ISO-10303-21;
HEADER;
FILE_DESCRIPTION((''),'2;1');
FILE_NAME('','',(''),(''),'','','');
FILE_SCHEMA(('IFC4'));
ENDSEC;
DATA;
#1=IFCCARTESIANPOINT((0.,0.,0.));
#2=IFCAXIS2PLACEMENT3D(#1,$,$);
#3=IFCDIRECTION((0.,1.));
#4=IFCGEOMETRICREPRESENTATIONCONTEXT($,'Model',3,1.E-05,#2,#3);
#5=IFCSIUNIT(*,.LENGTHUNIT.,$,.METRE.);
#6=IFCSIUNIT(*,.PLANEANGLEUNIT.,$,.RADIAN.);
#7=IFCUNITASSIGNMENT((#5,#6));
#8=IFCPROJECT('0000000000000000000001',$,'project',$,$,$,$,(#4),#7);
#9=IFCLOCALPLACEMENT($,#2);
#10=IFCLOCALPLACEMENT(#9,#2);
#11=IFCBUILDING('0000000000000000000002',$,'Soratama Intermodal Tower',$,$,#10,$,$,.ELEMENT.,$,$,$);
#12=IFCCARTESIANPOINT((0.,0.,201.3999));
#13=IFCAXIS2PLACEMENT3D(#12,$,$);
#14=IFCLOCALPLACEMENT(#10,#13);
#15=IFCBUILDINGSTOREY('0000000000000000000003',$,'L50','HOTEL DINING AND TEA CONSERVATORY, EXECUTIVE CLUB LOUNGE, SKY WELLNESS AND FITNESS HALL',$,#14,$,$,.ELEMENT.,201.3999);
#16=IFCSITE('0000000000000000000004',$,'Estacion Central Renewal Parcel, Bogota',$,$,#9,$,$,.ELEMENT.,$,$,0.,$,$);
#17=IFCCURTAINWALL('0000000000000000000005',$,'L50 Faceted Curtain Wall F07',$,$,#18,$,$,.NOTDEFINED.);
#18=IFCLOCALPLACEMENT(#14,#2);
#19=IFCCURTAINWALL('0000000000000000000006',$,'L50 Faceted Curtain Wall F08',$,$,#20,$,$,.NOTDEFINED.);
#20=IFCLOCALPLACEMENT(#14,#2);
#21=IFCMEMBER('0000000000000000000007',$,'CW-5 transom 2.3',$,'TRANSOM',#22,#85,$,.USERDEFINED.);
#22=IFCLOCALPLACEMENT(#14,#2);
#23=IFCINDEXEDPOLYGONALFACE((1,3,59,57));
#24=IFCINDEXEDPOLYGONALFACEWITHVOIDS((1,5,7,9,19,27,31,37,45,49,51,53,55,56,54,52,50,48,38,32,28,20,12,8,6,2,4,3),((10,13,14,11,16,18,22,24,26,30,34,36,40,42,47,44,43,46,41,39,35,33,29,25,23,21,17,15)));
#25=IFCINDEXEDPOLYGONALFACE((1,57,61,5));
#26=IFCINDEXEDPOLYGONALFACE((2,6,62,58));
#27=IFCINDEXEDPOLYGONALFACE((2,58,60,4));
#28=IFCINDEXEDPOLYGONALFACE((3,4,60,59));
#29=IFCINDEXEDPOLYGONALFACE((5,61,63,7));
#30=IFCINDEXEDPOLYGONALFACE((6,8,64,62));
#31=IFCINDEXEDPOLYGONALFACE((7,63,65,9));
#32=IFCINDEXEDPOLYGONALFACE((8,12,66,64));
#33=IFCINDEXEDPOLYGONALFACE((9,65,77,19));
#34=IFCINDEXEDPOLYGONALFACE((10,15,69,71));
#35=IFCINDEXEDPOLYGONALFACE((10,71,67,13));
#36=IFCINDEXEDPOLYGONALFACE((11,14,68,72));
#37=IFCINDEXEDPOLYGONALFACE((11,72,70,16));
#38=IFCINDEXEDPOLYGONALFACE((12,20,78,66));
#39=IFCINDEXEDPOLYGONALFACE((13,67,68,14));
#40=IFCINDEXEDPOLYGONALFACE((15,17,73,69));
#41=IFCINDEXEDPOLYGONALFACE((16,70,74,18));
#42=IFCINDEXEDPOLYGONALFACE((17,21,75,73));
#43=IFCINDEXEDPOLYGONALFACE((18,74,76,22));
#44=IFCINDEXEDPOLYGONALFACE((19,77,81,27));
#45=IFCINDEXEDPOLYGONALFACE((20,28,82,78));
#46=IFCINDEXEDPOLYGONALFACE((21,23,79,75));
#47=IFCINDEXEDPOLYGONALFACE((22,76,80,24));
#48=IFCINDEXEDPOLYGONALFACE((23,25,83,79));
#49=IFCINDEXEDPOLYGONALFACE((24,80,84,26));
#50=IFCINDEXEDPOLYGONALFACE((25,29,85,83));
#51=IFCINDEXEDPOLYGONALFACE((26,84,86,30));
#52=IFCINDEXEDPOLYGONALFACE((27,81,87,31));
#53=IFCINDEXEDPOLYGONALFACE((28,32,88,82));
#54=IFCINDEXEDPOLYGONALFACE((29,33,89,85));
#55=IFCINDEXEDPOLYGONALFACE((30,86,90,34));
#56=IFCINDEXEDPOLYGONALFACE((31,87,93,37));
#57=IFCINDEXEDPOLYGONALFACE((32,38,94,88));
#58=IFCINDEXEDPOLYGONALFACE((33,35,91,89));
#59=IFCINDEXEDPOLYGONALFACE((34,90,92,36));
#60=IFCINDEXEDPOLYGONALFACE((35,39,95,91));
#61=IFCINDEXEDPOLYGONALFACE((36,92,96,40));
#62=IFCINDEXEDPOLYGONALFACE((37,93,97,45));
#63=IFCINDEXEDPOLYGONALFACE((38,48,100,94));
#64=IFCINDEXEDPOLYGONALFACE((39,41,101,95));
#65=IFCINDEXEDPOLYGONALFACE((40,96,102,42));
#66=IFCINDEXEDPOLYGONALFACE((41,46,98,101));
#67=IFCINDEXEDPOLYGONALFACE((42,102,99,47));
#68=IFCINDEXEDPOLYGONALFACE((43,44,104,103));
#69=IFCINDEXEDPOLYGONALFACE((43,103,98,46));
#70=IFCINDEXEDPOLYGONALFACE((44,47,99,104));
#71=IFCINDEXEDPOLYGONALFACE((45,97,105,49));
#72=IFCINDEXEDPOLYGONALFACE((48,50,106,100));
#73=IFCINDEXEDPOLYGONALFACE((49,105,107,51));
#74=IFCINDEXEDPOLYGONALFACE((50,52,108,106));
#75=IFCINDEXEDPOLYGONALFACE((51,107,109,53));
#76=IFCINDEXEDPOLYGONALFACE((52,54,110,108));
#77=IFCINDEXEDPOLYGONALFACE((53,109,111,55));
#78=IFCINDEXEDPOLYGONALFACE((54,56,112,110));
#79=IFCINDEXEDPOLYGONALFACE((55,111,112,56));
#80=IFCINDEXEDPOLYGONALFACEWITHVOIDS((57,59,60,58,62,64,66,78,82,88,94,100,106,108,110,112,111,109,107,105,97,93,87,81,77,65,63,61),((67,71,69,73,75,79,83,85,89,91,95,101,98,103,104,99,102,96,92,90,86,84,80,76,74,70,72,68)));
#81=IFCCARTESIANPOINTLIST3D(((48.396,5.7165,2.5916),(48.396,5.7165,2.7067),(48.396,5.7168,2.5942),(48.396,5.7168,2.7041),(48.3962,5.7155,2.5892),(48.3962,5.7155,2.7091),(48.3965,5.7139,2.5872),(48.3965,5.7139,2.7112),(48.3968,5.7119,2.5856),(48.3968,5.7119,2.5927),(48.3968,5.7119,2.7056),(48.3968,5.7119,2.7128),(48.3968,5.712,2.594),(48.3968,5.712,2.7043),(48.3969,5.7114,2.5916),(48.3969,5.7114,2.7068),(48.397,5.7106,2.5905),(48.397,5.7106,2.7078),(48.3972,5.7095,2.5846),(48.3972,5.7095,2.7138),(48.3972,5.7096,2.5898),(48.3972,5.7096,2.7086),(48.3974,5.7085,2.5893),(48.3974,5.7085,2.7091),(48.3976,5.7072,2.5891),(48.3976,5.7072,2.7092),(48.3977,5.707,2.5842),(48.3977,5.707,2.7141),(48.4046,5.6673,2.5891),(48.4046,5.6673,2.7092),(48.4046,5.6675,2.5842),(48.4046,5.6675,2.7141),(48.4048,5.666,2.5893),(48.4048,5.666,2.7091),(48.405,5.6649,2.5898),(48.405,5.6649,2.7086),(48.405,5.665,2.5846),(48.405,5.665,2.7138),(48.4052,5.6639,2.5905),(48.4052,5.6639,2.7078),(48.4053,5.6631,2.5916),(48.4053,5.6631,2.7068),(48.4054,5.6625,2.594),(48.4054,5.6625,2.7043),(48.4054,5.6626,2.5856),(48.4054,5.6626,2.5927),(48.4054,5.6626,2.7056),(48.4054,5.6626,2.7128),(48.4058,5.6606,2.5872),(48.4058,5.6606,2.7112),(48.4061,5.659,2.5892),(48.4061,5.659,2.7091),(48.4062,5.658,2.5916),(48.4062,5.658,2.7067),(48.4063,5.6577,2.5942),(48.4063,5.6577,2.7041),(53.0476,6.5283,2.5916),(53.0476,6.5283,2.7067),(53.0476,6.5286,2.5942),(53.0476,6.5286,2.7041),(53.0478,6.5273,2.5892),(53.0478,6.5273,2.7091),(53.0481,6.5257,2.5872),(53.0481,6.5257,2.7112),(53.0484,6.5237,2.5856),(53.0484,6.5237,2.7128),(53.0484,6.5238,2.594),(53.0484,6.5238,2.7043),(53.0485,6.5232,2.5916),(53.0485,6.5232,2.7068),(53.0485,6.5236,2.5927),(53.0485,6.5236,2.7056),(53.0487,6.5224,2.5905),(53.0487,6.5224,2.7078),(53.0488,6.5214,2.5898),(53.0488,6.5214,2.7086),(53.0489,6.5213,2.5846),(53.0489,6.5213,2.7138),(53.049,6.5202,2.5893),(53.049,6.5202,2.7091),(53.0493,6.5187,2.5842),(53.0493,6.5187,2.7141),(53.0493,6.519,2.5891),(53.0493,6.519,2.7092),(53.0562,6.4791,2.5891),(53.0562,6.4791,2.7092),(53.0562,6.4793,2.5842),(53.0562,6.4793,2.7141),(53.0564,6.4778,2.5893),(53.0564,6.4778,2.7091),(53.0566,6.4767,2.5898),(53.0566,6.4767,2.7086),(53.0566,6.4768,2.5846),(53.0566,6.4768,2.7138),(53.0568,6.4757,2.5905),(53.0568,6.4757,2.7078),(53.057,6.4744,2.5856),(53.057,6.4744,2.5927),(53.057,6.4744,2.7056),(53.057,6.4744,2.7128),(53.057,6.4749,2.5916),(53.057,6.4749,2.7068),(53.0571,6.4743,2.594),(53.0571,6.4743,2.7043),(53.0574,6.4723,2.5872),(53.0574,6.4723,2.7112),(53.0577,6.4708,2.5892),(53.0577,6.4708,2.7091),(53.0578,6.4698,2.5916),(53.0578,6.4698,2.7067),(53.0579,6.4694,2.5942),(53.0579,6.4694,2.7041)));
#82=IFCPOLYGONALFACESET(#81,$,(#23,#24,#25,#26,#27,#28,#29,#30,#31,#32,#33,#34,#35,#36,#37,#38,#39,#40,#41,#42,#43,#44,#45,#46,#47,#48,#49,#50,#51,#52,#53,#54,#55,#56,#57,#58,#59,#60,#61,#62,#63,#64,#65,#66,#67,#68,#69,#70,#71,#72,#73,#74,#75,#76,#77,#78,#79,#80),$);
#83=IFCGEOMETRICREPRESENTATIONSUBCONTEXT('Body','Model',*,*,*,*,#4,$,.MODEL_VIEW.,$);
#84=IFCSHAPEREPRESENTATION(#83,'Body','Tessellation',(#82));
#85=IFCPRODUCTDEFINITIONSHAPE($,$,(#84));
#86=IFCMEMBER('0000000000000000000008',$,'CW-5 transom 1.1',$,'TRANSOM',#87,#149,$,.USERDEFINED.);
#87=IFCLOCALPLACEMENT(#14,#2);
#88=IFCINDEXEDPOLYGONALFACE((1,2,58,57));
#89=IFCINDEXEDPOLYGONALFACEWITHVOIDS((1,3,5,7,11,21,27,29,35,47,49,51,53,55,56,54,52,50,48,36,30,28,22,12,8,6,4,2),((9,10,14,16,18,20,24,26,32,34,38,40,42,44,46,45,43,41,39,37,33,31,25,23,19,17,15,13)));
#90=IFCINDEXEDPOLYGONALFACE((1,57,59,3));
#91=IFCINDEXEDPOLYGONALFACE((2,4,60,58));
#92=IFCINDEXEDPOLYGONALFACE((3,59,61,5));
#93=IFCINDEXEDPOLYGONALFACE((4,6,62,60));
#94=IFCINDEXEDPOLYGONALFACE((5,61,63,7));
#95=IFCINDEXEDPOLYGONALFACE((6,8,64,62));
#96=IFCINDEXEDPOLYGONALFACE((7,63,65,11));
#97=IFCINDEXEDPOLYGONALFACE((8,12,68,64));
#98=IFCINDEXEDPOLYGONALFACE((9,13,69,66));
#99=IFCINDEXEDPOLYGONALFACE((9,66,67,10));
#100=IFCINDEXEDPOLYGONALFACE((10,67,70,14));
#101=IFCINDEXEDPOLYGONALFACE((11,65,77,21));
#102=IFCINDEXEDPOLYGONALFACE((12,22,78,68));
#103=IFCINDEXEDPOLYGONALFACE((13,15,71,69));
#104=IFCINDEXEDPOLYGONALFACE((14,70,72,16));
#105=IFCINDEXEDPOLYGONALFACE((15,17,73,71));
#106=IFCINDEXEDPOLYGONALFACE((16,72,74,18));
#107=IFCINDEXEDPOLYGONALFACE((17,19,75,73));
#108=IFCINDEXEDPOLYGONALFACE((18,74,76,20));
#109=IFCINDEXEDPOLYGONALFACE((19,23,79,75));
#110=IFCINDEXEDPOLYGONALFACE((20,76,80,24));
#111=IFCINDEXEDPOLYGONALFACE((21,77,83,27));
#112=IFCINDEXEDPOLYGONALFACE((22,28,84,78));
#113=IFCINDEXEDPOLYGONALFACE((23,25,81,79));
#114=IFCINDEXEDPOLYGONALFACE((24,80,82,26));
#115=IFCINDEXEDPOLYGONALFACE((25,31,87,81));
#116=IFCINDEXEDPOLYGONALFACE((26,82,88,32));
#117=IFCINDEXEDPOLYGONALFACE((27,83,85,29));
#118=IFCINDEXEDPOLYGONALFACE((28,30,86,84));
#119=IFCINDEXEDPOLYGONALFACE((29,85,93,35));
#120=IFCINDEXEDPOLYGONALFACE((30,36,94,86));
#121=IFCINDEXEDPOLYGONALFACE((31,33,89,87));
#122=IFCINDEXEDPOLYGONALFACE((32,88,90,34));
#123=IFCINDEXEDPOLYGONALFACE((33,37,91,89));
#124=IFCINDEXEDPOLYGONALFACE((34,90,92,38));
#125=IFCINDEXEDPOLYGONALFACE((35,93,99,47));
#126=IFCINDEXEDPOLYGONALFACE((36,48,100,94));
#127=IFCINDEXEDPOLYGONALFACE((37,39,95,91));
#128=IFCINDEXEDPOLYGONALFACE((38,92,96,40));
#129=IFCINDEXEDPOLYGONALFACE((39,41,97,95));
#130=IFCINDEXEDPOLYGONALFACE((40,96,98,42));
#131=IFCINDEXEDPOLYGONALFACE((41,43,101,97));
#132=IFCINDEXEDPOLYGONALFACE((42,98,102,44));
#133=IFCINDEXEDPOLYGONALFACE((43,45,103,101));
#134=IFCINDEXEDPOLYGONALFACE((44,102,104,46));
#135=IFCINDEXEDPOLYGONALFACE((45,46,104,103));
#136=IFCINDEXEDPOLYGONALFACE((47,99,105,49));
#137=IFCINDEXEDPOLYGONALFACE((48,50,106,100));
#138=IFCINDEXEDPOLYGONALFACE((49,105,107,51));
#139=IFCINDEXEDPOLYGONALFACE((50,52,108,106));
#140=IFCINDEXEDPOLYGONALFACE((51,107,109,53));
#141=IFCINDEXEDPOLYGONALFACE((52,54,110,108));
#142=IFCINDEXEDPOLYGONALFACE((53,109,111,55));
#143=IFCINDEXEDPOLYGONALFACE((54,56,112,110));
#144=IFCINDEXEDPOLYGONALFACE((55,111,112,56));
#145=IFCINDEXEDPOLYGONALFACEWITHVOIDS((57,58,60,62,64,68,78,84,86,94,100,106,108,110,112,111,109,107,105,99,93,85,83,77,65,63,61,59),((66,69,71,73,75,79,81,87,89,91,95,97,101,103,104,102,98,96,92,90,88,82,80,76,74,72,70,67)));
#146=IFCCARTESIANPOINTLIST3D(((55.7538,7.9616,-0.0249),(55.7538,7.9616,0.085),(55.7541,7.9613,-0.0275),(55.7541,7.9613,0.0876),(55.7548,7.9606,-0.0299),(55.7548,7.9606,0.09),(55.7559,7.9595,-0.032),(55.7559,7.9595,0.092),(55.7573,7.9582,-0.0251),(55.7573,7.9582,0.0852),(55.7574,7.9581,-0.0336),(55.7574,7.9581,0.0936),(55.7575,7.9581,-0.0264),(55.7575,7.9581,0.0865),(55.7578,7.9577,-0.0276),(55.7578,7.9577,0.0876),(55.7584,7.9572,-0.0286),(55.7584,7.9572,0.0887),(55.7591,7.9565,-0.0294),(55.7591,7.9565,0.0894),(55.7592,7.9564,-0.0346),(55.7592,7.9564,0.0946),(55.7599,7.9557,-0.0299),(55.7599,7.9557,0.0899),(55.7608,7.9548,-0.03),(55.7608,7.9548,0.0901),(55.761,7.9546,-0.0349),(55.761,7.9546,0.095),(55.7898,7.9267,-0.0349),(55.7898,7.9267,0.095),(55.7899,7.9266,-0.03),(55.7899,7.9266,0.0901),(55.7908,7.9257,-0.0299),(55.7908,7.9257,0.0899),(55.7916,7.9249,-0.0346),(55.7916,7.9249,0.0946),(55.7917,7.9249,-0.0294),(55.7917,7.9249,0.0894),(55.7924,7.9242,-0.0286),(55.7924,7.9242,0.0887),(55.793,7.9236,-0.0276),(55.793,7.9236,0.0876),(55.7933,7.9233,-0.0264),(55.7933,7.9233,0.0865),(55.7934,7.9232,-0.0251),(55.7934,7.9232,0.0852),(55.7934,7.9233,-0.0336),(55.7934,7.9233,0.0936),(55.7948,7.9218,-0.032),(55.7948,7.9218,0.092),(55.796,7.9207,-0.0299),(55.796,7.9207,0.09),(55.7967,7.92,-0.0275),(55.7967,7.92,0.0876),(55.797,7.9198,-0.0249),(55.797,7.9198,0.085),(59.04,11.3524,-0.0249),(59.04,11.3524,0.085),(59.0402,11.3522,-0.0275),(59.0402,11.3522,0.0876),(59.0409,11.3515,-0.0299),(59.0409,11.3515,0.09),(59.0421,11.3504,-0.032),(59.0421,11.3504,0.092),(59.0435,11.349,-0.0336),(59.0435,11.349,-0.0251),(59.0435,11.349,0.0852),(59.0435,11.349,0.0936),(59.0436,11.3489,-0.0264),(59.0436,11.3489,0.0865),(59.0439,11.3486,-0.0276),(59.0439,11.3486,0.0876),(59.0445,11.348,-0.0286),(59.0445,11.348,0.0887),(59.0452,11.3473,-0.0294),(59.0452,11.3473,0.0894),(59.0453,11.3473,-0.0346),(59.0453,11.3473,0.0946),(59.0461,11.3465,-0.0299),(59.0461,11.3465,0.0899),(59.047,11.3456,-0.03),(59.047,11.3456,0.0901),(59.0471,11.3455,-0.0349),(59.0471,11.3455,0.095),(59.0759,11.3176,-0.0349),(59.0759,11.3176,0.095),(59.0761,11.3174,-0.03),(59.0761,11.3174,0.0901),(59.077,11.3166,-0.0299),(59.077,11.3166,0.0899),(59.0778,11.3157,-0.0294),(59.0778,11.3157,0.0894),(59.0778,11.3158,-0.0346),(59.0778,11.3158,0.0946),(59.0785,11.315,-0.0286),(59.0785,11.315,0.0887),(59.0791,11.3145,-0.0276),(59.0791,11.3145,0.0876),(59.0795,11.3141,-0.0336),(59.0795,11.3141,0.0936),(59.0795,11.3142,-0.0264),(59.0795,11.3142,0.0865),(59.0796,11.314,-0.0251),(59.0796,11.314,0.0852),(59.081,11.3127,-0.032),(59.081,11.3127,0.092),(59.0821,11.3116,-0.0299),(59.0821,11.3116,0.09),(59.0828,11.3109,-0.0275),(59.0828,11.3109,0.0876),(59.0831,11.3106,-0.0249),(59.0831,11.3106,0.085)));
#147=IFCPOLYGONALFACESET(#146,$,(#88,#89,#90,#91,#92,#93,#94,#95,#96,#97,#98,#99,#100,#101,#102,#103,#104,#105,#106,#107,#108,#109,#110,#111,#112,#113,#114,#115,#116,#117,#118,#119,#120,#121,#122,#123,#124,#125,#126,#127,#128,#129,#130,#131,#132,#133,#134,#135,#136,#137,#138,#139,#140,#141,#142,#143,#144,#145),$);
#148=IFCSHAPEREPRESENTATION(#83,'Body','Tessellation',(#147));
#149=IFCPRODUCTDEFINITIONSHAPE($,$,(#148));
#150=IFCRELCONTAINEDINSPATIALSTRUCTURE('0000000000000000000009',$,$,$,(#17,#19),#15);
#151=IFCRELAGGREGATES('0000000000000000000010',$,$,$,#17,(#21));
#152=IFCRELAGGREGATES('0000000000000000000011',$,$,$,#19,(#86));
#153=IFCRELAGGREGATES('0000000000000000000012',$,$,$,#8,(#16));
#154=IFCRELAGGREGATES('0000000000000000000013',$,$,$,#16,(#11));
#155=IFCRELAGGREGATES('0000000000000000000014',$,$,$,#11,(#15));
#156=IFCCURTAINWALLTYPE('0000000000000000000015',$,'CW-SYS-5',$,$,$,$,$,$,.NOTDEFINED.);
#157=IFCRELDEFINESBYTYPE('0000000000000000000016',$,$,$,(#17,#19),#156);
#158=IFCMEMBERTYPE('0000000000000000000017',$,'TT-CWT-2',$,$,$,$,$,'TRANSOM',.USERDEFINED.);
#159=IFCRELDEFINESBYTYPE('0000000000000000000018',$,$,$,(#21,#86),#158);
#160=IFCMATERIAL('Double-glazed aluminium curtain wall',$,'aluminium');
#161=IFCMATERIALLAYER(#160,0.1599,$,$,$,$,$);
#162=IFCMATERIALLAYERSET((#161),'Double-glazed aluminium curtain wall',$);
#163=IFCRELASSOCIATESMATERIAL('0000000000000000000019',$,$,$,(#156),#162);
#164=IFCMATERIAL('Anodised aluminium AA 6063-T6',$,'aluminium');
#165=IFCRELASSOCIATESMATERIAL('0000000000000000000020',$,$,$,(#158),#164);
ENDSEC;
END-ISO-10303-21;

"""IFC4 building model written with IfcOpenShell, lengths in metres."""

from ifc_helpers import new_model, si_unit, direction, frame, origin, origin_2d, place, context, subcontext, project, spatial, hollow_rectangle, extrude, material, layer, layer_set, material_profile, profile_set, type_object, element, aggregate, save


model = new_model("IFC4")

# Units and contexts
model_context = context("Model", 3, precision=1e-05, world=origin(), true_north=direction((0.0, 1.0)))
body_context = subcontext(model_context, "Body", "Model", "MODEL_VIEW")
ifc_project = project(units=[si_unit("LENGTHUNIT", "METRE"), si_unit("PLANEANGLEUNIT", "RADIAN")], contexts=[model_context])

# Site, building, storey
site_placement = place(None, origin())
site = spatial("IfcSite", under=ifc_project, at=site_placement, Name="Estacion Central Renewal Parcel, Bogota", CompositionType="ELEMENT", RefElevation=0.0)
building_placement = place(site_placement, origin())
building = spatial("IfcBuilding", under=site, at=building_placement, Name="Soratama Intermodal Tower", CompositionType="ELEMENT")
storey_placement = place(building_placement, frame((0.0, 0.0, 201.3999)))
storey = spatial("IfcBuildingStorey", under=building, at=storey_placement, Name="L50", Description="HOTEL DINING AND TEA CONSERVATORY, EXECUTIVE CLUB LOUNGE, SKY WELLNESS AND FITNESS HALL", CompositionType="ELEMENT", Elevation=201.3999)

# Curtain walls
ifc_material_1 = material(Name="Double-glazed aluminium curtain wall", Category="aluminium")
ifc_layer_1 = layer(ifc_material_1, 0.1599)
ifc_layer_set_1 = layer_set([ifc_layer_1], Name="Double-glazed aluminium curtain wall")
curtain_wall_type = type_object("IfcCurtainWallType", Name="CW-SYS-5", PredefinedType="NOTDEFINED", material=ifc_layer_set_1)
curtain_wall_1_placement = place(storey_placement, origin())
curtain_wall_1 = element("IfcCurtainWall", 1, at=curtain_wall_1_placement, inside=storey, type_object=curtain_wall_type, Name="L50 Faceted Curtain Wall F07", PredefinedType="NOTDEFINED")
curtain_wall_2_placement = place(storey_placement, origin())
curtain_wall_2 = element("IfcCurtainWall", 2, at=curtain_wall_2_placement, inside=storey, type_object=curtain_wall_type, Name="L50 Faceted Curtain Wall F08", PredefinedType="NOTDEFINED")

# Members
ifc_material_2 = material(Name="Anodised aluminium AA 6063-T6", Category="aluminium")
ifc_material_profile_1 = material_profile(ifc_material_2, hollow_rectangle(XDim=0.0601, YDim=0.1299, WallThickness=0.0049, InnerFilletRadius=0.0049, OuterFilletRadius=0.01, at=origin_2d()), Name="CWT130X60X5")
ifc_profile_set_1 = profile_set([ifc_material_profile_1], Name="Anodised aluminium AA 6063-T6")
member_type_1 = type_object("IfcMemberType", Name="TT-CWT-2", ElementType="TRANSOM", PredefinedType="USERDEFINED", material=ifc_profile_set_1)
member_1_placement = place(storey_placement, frame((48.4011, 5.6873, 2.6492), z_axis=(0.985112, 0.171915, 0.0), x_axis=(-0.171915, 0.985112, 0.0)))
member_1 = element("IfcMember", 3, at=member_1_placement, type_object=member_type_1, Name="CW-5 transom 2.3", ObjectType="TRANSOM", PredefinedType="USERDEFINED", context=body_context, shape_type="SweptSolid", body=[
    extrude(hollow_rectangle(XDim=0.0601, YDim=0.1299, WallThickness=0.0049, InnerFilletRadius=0.0049, OuterFilletRadius=0.01, at=origin_2d()), origin(), (0.0, 0.0, 1.0), 4.7219),
])
member_2_placement = place(storey_placement, frame((55.7754, 7.9407, 0.03), z_axis=(0.695929, 0.71811, 0.0), x_axis=(-0.71811, 0.695929, 0.0)))
member_2 = element("IfcMember", 4, at=member_2_placement, type_object=member_type_1, Name="CW-5 transom 1.1", ObjectType="TRANSOM", PredefinedType="USERDEFINED", context=body_context, shape_type="SweptSolid", body=[
    extrude(hollow_rectangle(XDim=0.0601, YDim=0.1299, WallThickness=0.0049, InnerFilletRadius=0.0049, OuterFilletRadius=0.01, at=origin_2d()), origin(), (0.0, 0.0, 1.0), 4.7219),
])

aggregate(curtain_wall_1, [member_1])
aggregate(curtain_wall_2, [member_2])

save(model, "model.ifc")
